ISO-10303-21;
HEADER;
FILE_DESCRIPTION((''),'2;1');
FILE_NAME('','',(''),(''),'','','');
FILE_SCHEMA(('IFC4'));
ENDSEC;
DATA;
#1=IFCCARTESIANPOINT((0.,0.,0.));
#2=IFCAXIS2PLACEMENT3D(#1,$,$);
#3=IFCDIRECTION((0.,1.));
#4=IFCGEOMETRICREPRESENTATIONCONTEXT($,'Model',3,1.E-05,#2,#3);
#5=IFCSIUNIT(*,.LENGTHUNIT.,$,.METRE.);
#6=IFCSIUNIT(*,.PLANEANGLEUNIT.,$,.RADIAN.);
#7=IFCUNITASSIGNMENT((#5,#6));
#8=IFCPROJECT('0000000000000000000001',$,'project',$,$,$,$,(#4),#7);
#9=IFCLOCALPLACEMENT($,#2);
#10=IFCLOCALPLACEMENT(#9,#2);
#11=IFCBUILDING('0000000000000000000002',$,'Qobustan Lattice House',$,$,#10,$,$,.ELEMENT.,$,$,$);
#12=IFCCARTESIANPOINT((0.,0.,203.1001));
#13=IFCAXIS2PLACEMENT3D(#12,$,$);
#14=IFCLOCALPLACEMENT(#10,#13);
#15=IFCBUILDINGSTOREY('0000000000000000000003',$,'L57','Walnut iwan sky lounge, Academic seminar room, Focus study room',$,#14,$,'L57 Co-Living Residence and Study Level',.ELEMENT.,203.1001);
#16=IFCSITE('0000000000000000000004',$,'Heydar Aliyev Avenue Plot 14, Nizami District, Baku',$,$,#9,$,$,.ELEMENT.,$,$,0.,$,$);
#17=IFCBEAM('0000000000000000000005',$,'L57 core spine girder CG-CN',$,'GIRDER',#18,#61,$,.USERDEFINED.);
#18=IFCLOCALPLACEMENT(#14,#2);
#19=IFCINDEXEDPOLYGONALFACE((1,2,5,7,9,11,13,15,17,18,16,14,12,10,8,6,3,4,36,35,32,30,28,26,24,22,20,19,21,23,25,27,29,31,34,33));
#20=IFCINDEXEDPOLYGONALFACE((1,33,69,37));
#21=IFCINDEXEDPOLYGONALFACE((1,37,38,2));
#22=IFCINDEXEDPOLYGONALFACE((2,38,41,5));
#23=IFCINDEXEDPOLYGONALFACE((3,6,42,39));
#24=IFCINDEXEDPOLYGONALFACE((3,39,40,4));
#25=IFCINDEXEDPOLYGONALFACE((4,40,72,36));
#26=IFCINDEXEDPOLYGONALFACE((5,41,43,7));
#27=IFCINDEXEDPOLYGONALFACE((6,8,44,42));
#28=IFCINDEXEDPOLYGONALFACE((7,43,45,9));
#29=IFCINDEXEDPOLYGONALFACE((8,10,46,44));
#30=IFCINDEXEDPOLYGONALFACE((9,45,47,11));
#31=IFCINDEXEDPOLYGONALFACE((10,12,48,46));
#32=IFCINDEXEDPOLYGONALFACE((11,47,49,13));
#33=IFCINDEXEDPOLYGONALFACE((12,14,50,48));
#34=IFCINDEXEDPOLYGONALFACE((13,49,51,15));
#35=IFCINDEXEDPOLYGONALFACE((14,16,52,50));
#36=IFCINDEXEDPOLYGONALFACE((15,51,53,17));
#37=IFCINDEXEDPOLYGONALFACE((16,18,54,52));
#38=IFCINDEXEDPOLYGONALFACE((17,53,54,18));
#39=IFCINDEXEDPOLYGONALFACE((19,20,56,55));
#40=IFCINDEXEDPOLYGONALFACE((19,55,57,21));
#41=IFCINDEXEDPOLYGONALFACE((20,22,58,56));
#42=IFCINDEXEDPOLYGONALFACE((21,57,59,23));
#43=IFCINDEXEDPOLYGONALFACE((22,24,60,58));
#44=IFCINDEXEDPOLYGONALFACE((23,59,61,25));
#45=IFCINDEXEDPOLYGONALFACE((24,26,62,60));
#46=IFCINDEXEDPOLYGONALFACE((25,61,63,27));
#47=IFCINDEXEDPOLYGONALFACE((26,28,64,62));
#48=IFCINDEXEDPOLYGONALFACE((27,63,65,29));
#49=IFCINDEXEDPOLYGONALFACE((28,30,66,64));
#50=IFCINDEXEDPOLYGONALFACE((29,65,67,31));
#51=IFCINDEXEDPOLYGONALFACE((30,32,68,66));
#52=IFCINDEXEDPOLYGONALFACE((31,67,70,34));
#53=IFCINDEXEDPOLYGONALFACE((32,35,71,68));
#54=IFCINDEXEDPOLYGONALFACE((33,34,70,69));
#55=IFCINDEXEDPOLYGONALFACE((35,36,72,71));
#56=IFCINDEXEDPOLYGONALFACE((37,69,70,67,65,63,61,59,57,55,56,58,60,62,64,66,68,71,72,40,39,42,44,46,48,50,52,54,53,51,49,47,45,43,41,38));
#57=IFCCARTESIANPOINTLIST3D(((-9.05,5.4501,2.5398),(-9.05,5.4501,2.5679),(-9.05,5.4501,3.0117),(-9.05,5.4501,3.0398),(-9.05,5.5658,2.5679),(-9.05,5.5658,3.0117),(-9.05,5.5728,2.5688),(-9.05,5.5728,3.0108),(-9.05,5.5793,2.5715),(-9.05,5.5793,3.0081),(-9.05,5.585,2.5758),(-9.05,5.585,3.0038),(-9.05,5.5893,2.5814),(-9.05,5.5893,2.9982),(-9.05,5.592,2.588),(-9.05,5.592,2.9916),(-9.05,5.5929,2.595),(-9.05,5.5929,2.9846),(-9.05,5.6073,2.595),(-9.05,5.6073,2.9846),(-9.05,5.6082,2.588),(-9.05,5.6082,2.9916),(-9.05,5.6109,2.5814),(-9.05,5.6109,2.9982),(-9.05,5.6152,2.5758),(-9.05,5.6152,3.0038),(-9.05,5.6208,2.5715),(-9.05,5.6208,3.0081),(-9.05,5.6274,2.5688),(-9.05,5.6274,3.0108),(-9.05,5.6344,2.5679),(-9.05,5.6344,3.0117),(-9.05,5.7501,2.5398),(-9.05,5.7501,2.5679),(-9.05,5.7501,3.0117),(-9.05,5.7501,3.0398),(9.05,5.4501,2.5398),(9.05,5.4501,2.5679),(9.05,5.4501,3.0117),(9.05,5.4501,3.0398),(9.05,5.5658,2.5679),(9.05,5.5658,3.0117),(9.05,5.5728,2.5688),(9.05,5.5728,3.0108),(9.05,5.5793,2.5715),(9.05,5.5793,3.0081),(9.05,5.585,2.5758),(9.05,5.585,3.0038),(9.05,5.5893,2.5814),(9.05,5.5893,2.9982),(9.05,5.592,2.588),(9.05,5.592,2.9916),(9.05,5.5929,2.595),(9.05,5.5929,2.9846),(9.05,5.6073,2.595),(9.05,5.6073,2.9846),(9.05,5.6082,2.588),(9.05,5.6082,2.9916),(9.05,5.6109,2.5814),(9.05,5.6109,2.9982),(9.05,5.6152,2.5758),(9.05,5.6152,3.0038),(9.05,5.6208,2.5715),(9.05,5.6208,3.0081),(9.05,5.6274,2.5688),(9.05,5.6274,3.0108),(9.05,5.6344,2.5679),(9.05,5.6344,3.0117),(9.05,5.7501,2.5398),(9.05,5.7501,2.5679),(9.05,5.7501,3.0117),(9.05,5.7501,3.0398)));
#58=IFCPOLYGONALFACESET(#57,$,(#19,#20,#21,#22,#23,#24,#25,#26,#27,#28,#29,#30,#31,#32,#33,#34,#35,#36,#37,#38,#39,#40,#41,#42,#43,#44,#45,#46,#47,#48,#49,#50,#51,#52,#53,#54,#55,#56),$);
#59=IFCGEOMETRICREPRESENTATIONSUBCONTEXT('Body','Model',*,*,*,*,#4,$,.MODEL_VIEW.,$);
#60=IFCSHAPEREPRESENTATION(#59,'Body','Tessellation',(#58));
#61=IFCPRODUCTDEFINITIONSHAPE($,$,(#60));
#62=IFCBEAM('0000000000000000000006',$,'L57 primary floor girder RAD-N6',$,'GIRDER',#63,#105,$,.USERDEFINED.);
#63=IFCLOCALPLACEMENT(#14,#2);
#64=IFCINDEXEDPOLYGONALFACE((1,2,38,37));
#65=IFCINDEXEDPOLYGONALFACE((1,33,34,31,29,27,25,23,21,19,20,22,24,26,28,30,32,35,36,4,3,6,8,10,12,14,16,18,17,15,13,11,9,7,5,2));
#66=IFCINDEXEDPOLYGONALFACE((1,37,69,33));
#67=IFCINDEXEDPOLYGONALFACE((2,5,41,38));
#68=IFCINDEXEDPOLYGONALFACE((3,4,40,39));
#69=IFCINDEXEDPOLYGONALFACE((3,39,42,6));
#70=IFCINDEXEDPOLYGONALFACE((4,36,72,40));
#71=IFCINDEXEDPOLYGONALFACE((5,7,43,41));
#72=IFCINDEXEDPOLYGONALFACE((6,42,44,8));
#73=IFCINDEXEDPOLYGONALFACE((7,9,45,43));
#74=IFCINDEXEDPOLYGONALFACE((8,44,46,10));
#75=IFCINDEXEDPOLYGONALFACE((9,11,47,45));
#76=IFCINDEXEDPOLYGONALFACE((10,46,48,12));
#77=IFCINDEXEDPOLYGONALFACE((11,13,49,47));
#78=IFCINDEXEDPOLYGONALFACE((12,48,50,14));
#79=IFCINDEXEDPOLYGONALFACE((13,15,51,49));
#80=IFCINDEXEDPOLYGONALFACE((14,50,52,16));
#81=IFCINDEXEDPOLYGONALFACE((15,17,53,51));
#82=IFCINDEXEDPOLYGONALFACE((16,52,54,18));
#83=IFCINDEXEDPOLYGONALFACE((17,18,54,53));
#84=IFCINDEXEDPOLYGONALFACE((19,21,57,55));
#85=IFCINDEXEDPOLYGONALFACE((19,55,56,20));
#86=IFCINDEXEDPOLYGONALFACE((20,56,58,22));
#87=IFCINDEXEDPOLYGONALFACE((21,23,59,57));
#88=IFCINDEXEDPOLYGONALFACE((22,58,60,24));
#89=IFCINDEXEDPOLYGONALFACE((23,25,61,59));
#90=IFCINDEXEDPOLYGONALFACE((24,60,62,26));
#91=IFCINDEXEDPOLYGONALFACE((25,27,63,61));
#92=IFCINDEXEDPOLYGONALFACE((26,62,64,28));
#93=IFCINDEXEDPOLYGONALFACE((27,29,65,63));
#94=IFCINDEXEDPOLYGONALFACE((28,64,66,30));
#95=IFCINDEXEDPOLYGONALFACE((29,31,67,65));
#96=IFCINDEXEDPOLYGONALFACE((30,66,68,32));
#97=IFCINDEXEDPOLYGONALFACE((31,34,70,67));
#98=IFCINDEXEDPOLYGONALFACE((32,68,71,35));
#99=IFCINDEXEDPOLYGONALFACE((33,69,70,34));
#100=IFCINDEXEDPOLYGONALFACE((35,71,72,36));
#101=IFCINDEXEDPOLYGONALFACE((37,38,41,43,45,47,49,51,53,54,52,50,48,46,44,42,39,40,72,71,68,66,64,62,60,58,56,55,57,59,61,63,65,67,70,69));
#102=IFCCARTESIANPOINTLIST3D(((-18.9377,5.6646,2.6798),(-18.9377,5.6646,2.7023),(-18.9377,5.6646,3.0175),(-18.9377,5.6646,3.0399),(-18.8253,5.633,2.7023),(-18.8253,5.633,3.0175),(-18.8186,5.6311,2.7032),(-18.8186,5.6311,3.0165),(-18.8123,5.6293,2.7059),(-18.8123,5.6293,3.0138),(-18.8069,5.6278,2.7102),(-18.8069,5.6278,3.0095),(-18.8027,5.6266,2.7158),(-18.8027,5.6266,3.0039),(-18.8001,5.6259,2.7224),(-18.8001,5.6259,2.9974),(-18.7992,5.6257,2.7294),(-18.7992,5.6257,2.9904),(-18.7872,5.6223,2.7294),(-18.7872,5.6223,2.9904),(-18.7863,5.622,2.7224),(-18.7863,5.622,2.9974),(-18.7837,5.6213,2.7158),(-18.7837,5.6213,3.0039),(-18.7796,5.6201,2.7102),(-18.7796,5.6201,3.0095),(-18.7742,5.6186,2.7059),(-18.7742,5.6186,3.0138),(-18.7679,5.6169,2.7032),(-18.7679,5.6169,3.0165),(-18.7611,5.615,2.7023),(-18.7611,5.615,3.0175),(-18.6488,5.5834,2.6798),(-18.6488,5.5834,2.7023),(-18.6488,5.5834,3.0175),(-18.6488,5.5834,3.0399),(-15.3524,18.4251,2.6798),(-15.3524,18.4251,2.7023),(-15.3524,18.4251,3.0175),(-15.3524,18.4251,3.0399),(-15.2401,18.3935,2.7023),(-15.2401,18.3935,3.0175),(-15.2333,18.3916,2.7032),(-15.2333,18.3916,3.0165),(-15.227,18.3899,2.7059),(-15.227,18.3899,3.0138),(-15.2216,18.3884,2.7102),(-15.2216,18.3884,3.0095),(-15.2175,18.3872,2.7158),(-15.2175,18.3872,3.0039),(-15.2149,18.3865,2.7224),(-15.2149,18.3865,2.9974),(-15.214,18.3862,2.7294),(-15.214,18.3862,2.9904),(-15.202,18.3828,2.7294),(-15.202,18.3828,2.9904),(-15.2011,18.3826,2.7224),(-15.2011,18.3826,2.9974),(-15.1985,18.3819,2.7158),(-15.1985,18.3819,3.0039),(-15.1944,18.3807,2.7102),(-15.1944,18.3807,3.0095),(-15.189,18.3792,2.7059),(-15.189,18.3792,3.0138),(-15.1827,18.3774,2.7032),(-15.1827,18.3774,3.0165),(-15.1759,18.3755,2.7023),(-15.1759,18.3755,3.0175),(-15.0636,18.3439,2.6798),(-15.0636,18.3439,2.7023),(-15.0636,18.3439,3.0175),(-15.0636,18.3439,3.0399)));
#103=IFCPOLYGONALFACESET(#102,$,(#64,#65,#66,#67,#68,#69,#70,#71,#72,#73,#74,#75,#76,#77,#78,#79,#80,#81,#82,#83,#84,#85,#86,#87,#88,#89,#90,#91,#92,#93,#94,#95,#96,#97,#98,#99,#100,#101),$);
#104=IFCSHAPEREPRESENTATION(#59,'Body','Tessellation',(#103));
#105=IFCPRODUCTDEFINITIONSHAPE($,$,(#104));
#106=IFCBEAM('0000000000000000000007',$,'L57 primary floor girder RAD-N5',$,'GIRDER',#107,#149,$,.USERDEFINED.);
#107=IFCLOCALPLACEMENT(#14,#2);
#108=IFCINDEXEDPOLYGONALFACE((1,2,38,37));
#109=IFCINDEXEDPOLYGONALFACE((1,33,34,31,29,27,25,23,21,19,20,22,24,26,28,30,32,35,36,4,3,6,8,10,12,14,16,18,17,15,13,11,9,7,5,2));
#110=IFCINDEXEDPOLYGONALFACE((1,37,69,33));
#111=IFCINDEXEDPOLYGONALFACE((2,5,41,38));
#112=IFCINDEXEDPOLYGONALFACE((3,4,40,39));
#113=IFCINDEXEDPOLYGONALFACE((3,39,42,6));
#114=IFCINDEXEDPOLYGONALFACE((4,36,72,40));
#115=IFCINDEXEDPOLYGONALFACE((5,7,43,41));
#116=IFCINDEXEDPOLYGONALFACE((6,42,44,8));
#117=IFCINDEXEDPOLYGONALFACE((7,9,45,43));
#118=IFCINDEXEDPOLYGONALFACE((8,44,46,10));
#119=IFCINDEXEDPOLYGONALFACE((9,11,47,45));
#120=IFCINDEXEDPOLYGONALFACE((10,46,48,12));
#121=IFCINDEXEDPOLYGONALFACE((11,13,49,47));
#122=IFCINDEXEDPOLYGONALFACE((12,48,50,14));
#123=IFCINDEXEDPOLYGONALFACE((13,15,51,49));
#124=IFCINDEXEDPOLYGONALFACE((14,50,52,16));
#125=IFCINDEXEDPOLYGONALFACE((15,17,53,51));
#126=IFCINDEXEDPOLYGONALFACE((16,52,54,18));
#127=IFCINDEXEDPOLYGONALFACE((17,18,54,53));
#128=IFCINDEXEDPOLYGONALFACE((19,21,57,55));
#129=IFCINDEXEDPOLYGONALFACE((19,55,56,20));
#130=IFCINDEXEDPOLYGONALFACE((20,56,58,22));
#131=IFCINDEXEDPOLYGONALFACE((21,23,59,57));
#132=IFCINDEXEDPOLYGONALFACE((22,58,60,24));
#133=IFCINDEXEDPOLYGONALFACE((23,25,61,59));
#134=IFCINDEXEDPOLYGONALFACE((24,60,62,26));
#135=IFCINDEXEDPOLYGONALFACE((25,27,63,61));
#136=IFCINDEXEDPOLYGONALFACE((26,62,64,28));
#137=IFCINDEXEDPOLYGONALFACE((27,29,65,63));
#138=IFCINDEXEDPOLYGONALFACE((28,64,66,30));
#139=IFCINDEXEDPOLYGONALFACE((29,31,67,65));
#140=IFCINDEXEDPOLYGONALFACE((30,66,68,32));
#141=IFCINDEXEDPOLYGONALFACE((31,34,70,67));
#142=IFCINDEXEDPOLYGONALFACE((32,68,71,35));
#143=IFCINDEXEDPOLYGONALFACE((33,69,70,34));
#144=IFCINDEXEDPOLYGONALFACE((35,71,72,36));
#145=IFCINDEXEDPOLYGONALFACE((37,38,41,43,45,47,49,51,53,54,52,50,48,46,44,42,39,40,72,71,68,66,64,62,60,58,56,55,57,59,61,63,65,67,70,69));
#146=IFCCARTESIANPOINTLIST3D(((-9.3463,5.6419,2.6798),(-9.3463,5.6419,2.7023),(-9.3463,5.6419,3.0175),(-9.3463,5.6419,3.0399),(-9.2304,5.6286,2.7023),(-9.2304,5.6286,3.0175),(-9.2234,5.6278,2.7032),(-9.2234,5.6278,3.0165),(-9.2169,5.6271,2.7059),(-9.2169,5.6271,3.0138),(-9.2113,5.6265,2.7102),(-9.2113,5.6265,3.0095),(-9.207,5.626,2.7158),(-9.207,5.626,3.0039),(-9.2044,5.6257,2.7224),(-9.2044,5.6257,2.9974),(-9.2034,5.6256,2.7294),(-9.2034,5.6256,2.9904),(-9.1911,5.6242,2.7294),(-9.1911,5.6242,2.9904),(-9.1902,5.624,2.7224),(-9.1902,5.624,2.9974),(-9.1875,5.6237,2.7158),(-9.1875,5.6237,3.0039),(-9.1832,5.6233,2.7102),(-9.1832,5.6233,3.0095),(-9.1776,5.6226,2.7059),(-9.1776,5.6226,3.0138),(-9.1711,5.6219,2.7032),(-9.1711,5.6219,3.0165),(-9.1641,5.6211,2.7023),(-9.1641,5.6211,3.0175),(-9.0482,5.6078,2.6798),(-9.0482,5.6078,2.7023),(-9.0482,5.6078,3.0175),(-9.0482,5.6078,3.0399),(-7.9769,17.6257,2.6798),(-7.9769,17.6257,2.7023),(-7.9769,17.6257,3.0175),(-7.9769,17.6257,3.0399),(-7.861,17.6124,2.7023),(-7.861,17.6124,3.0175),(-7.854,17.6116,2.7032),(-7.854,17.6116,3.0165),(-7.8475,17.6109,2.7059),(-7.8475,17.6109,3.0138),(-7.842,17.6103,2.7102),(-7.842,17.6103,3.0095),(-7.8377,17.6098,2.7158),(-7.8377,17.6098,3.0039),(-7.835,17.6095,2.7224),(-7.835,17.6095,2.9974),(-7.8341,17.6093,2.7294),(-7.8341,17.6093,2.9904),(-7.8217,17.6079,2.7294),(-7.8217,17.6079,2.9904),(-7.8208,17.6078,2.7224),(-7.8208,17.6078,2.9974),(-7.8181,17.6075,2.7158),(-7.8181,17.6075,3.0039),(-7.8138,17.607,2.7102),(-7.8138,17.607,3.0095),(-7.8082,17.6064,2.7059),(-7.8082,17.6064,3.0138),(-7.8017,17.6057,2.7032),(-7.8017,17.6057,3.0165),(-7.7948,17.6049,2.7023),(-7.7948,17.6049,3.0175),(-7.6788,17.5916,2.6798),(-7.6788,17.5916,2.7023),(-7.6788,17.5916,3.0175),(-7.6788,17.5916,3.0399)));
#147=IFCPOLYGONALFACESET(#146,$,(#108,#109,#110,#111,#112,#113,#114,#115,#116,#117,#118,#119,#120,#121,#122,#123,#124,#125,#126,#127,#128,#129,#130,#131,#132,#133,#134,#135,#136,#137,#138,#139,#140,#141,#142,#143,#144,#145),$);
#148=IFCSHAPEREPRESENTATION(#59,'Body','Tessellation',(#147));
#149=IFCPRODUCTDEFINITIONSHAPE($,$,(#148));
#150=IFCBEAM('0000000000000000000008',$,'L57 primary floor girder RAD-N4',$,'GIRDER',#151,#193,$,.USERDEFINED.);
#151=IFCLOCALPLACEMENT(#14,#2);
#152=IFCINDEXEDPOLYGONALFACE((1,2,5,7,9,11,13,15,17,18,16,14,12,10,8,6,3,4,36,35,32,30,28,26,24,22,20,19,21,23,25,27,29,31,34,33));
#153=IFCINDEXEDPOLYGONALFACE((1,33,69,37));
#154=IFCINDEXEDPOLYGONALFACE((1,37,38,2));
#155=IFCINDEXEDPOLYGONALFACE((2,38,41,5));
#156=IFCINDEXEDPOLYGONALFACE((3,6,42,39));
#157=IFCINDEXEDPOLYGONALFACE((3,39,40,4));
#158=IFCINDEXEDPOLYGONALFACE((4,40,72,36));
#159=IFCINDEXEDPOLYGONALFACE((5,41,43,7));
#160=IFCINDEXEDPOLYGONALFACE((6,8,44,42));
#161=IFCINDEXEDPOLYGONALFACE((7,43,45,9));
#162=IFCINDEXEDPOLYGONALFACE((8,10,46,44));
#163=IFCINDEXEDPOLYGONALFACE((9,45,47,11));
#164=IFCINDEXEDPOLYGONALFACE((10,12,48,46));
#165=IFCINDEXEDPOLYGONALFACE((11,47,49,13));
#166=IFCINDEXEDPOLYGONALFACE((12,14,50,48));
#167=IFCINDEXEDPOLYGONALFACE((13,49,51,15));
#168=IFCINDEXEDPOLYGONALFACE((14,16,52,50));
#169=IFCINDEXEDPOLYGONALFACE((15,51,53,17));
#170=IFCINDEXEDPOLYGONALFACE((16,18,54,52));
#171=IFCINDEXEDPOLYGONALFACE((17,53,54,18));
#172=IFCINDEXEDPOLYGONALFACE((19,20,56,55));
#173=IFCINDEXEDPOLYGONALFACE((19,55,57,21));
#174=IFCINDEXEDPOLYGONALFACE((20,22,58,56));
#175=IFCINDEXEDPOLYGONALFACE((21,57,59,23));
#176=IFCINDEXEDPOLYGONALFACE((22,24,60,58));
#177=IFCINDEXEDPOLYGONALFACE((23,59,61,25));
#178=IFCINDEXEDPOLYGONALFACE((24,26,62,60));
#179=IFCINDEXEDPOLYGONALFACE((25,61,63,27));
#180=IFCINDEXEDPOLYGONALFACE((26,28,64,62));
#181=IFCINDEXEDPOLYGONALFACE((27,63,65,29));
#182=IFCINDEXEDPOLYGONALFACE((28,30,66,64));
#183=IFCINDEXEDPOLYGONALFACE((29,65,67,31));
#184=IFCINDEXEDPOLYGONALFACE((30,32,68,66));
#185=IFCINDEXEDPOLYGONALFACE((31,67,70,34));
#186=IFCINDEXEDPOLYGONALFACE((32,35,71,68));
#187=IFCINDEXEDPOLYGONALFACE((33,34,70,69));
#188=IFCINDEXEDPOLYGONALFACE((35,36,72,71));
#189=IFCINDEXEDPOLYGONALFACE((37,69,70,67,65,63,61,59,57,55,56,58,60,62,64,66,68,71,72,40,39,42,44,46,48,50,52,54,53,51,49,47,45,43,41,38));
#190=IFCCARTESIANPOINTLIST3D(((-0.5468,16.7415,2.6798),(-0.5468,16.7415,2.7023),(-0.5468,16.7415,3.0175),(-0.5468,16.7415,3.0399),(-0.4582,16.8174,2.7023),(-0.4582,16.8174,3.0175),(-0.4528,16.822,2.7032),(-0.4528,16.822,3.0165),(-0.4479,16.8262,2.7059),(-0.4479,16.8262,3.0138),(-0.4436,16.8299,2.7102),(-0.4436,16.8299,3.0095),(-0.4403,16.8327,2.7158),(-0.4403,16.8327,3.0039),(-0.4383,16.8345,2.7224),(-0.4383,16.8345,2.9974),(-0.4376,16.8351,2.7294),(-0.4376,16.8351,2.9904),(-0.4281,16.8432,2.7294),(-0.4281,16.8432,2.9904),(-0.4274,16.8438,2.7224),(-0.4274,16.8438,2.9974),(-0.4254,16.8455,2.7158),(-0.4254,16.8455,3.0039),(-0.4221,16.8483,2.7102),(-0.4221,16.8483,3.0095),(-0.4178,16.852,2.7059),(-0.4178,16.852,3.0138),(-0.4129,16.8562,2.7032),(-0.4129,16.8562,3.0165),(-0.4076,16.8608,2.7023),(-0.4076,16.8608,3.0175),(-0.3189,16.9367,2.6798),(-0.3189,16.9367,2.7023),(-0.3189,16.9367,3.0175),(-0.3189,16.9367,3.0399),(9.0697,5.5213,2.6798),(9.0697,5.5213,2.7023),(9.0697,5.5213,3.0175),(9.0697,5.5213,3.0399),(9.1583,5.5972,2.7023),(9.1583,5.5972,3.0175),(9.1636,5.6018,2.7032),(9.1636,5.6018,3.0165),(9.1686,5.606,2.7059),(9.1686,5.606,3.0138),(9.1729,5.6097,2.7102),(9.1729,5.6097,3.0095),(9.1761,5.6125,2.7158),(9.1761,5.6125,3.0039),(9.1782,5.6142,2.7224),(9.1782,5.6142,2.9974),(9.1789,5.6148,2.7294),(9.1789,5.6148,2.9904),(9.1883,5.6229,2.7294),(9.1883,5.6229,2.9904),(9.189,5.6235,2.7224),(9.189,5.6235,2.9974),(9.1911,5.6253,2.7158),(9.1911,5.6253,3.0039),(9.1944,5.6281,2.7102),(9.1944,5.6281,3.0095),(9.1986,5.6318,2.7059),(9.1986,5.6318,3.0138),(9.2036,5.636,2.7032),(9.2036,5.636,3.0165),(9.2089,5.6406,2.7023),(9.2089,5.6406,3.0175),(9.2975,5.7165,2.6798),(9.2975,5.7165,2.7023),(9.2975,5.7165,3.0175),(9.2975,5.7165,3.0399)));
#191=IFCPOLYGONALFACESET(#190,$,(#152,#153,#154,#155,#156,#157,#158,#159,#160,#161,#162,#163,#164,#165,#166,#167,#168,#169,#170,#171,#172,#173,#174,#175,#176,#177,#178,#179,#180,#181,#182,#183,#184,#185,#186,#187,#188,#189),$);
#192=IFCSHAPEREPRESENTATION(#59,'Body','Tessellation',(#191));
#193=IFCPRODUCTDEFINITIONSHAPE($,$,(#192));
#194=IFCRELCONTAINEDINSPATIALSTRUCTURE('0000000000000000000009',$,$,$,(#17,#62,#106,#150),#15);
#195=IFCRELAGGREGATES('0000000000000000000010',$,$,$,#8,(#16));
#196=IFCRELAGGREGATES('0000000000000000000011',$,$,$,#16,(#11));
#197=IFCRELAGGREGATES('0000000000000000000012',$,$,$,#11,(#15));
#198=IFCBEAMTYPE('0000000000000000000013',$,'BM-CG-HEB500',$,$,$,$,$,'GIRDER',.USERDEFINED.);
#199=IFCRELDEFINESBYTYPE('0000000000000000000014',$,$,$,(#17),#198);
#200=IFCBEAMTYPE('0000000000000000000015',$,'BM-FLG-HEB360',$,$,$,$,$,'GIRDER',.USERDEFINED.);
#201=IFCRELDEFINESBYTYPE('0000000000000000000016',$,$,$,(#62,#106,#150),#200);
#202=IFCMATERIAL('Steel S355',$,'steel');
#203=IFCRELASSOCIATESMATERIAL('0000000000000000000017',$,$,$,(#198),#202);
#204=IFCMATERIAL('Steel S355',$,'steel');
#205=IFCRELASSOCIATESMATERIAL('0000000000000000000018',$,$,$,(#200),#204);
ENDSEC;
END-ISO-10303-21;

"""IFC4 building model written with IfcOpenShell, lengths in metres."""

from ifc_helpers import new_model, si_unit, direction, frame, origin, origin_2d, place, context, subcontext, project, spatial, i_section, extrude, material, material_profile, profile_set, type_object, element, save


model = new_model("IFC4")

# Units and contexts
model_context = context("Model", 3, precision=1e-05, world=origin(), true_north=direction((0.0, 1.0)))
body_context = subcontext(model_context, "Body", "Model", "MODEL_VIEW")
ifc_project = project(units=[si_unit("LENGTHUNIT", "METRE"), si_unit("PLANEANGLEUNIT", "RADIAN")], contexts=[model_context])

# Site, building, storey
site_placement = place(None, origin())
site = spatial("IfcSite", under=ifc_project, at=site_placement, Name="Heydar Aliyev Avenue Plot 14, Nizami District, Baku", CompositionType="ELEMENT", RefElevation=0.0)
building_placement = place(site_placement, origin())
building = spatial("IfcBuilding", under=site, at=building_placement, Name="Qobustan Lattice House", CompositionType="ELEMENT")
storey_placement = place(building_placement, frame((0.0, 0.0, 203.1001)))
storey = spatial("IfcBuildingStorey", under=building, at=storey_placement, Name="L57", Description="Walnut iwan sky lounge, Academic seminar room, Focus study room", LongName="L57 Co-Living Residence and Study Level", CompositionType="ELEMENT", Elevation=203.1001)

# Beams
ifc_material_1 = material(Name="Steel S355", Category="steel")
ifc_material_profile_1 = material_profile(ifc_material_1, i_section(OverallWidth=0.3, OverallDepth=0.5, WebThickness=0.0144, FlangeThickness=0.0281, FilletRadius=0.0271, at=origin_2d()), Name="HEB500")
ifc_profile_set_1 = profile_set([ifc_material_profile_1], Name="Steel S355")
beam_type_1 = type_object("IfcBeamType", Name="BM-CG-HEB500", ElementType="GIRDER", PredefinedType="USERDEFINED", material=ifc_profile_set_1)
beam_1_placement = place(storey_placement, frame((-9.05, 5.6001, 2.7898), z_axis=(1.0, 0.0, 0.0), x_axis=(0.0, 1.0, 0.0)))
element("IfcBeam", 1, at=beam_1_placement, inside=storey, type_object=beam_type_1, Name="L57 core spine girder CG-CN", ObjectType="GIRDER", PredefinedType="USERDEFINED", context=body_context, shape_type="SweptSolid", body=[
    extrude(i_section(OverallWidth=0.3, OverallDepth=0.5, WebThickness=0.0144, FlangeThickness=0.0281, FilletRadius=0.0271, at=origin_2d()), origin(), (0.0, 0.0, 1.0), 18.1001),
])
ifc_material_2 = material(Name="Steel S355", Category="steel")
ifc_material_profile_2 = material_profile(ifc_material_2, i_section(OverallWidth=0.3, OverallDepth=0.3601, WebThickness=0.0125, FlangeThickness=0.0225, FilletRadius=0.0271, at=origin_2d()), Name="HEB360")
ifc_profile_set_2 = profile_set([ifc_material_profile_2], Name="Steel S355")
beam_type_2 = type_object("IfcBeamType", Name="BM-FLG-HEB360", ElementType="GIRDER", PredefinedType="USERDEFINED", material=ifc_profile_set_2)
beam_2_placement = place(storey_placement, frame((-15.208, 18.3845, 2.8599), z_axis=(-0.270488, -0.962723, 0.0), x_axis=(0.962723, -0.270488, 0.0)))
element("IfcBeam", 2, at=beam_2_placement, inside=storey, type_object=beam_type_2, Name="L57 primary floor girder RAD-N6", ObjectType="GIRDER", PredefinedType="USERDEFINED", context=body_context, shape_type="SweptSolid", body=[
    extrude(i_section(OverallWidth=0.3, OverallDepth=0.3601, WebThickness=0.0125, FlangeThickness=0.0225, FilletRadius=0.0271, at=origin_2d()), origin(), (0.0, 0.0, 1.0), 13.2546),
])
beam_3_placement = place(storey_placement, frame((-7.8279, 17.6086, 2.8599), z_axis=(-0.11353, -0.993535, 0.0), x_axis=(0.993535, -0.11353, 0.0)))
element("IfcBeam", 3, at=beam_3_placement, inside=storey, type_object=beam_type_2, Name="L57 primary floor girder RAD-N5", ObjectType="GIRDER", PredefinedType="USERDEFINED", context=body_context, shape_type="SweptSolid", body=[
    extrude(i_section(OverallWidth=0.3, OverallDepth=0.3601, WebThickness=0.0125, FlangeThickness=0.0225, FilletRadius=0.0271, at=origin_2d()), origin(), (0.0, 0.0, 1.0), 12.0618),
])
beam_4_placement = place(storey_placement, frame((-0.4329, 16.8391, 2.8599), z_axis=(0.650757, -0.759286, 0.0), x_axis=(0.759286, 0.650757, 0.0)))
element("IfcBeam", 4, at=beam_4_placement, inside=storey, type_object=beam_type_2, Name="L57 primary floor girder RAD-N4", ObjectType="GIRDER", PredefinedType="USERDEFINED", context=body_context, shape_type="SweptSolid", body=[
    extrude(i_section(OverallWidth=0.3, OverallDepth=0.3601, WebThickness=0.0125, FlangeThickness=0.0225, FilletRadius=0.0271, at=origin_2d()), origin(), (0.0, 0.0, 1.0), 14.7773),
])

save(model, "model.ifc")
